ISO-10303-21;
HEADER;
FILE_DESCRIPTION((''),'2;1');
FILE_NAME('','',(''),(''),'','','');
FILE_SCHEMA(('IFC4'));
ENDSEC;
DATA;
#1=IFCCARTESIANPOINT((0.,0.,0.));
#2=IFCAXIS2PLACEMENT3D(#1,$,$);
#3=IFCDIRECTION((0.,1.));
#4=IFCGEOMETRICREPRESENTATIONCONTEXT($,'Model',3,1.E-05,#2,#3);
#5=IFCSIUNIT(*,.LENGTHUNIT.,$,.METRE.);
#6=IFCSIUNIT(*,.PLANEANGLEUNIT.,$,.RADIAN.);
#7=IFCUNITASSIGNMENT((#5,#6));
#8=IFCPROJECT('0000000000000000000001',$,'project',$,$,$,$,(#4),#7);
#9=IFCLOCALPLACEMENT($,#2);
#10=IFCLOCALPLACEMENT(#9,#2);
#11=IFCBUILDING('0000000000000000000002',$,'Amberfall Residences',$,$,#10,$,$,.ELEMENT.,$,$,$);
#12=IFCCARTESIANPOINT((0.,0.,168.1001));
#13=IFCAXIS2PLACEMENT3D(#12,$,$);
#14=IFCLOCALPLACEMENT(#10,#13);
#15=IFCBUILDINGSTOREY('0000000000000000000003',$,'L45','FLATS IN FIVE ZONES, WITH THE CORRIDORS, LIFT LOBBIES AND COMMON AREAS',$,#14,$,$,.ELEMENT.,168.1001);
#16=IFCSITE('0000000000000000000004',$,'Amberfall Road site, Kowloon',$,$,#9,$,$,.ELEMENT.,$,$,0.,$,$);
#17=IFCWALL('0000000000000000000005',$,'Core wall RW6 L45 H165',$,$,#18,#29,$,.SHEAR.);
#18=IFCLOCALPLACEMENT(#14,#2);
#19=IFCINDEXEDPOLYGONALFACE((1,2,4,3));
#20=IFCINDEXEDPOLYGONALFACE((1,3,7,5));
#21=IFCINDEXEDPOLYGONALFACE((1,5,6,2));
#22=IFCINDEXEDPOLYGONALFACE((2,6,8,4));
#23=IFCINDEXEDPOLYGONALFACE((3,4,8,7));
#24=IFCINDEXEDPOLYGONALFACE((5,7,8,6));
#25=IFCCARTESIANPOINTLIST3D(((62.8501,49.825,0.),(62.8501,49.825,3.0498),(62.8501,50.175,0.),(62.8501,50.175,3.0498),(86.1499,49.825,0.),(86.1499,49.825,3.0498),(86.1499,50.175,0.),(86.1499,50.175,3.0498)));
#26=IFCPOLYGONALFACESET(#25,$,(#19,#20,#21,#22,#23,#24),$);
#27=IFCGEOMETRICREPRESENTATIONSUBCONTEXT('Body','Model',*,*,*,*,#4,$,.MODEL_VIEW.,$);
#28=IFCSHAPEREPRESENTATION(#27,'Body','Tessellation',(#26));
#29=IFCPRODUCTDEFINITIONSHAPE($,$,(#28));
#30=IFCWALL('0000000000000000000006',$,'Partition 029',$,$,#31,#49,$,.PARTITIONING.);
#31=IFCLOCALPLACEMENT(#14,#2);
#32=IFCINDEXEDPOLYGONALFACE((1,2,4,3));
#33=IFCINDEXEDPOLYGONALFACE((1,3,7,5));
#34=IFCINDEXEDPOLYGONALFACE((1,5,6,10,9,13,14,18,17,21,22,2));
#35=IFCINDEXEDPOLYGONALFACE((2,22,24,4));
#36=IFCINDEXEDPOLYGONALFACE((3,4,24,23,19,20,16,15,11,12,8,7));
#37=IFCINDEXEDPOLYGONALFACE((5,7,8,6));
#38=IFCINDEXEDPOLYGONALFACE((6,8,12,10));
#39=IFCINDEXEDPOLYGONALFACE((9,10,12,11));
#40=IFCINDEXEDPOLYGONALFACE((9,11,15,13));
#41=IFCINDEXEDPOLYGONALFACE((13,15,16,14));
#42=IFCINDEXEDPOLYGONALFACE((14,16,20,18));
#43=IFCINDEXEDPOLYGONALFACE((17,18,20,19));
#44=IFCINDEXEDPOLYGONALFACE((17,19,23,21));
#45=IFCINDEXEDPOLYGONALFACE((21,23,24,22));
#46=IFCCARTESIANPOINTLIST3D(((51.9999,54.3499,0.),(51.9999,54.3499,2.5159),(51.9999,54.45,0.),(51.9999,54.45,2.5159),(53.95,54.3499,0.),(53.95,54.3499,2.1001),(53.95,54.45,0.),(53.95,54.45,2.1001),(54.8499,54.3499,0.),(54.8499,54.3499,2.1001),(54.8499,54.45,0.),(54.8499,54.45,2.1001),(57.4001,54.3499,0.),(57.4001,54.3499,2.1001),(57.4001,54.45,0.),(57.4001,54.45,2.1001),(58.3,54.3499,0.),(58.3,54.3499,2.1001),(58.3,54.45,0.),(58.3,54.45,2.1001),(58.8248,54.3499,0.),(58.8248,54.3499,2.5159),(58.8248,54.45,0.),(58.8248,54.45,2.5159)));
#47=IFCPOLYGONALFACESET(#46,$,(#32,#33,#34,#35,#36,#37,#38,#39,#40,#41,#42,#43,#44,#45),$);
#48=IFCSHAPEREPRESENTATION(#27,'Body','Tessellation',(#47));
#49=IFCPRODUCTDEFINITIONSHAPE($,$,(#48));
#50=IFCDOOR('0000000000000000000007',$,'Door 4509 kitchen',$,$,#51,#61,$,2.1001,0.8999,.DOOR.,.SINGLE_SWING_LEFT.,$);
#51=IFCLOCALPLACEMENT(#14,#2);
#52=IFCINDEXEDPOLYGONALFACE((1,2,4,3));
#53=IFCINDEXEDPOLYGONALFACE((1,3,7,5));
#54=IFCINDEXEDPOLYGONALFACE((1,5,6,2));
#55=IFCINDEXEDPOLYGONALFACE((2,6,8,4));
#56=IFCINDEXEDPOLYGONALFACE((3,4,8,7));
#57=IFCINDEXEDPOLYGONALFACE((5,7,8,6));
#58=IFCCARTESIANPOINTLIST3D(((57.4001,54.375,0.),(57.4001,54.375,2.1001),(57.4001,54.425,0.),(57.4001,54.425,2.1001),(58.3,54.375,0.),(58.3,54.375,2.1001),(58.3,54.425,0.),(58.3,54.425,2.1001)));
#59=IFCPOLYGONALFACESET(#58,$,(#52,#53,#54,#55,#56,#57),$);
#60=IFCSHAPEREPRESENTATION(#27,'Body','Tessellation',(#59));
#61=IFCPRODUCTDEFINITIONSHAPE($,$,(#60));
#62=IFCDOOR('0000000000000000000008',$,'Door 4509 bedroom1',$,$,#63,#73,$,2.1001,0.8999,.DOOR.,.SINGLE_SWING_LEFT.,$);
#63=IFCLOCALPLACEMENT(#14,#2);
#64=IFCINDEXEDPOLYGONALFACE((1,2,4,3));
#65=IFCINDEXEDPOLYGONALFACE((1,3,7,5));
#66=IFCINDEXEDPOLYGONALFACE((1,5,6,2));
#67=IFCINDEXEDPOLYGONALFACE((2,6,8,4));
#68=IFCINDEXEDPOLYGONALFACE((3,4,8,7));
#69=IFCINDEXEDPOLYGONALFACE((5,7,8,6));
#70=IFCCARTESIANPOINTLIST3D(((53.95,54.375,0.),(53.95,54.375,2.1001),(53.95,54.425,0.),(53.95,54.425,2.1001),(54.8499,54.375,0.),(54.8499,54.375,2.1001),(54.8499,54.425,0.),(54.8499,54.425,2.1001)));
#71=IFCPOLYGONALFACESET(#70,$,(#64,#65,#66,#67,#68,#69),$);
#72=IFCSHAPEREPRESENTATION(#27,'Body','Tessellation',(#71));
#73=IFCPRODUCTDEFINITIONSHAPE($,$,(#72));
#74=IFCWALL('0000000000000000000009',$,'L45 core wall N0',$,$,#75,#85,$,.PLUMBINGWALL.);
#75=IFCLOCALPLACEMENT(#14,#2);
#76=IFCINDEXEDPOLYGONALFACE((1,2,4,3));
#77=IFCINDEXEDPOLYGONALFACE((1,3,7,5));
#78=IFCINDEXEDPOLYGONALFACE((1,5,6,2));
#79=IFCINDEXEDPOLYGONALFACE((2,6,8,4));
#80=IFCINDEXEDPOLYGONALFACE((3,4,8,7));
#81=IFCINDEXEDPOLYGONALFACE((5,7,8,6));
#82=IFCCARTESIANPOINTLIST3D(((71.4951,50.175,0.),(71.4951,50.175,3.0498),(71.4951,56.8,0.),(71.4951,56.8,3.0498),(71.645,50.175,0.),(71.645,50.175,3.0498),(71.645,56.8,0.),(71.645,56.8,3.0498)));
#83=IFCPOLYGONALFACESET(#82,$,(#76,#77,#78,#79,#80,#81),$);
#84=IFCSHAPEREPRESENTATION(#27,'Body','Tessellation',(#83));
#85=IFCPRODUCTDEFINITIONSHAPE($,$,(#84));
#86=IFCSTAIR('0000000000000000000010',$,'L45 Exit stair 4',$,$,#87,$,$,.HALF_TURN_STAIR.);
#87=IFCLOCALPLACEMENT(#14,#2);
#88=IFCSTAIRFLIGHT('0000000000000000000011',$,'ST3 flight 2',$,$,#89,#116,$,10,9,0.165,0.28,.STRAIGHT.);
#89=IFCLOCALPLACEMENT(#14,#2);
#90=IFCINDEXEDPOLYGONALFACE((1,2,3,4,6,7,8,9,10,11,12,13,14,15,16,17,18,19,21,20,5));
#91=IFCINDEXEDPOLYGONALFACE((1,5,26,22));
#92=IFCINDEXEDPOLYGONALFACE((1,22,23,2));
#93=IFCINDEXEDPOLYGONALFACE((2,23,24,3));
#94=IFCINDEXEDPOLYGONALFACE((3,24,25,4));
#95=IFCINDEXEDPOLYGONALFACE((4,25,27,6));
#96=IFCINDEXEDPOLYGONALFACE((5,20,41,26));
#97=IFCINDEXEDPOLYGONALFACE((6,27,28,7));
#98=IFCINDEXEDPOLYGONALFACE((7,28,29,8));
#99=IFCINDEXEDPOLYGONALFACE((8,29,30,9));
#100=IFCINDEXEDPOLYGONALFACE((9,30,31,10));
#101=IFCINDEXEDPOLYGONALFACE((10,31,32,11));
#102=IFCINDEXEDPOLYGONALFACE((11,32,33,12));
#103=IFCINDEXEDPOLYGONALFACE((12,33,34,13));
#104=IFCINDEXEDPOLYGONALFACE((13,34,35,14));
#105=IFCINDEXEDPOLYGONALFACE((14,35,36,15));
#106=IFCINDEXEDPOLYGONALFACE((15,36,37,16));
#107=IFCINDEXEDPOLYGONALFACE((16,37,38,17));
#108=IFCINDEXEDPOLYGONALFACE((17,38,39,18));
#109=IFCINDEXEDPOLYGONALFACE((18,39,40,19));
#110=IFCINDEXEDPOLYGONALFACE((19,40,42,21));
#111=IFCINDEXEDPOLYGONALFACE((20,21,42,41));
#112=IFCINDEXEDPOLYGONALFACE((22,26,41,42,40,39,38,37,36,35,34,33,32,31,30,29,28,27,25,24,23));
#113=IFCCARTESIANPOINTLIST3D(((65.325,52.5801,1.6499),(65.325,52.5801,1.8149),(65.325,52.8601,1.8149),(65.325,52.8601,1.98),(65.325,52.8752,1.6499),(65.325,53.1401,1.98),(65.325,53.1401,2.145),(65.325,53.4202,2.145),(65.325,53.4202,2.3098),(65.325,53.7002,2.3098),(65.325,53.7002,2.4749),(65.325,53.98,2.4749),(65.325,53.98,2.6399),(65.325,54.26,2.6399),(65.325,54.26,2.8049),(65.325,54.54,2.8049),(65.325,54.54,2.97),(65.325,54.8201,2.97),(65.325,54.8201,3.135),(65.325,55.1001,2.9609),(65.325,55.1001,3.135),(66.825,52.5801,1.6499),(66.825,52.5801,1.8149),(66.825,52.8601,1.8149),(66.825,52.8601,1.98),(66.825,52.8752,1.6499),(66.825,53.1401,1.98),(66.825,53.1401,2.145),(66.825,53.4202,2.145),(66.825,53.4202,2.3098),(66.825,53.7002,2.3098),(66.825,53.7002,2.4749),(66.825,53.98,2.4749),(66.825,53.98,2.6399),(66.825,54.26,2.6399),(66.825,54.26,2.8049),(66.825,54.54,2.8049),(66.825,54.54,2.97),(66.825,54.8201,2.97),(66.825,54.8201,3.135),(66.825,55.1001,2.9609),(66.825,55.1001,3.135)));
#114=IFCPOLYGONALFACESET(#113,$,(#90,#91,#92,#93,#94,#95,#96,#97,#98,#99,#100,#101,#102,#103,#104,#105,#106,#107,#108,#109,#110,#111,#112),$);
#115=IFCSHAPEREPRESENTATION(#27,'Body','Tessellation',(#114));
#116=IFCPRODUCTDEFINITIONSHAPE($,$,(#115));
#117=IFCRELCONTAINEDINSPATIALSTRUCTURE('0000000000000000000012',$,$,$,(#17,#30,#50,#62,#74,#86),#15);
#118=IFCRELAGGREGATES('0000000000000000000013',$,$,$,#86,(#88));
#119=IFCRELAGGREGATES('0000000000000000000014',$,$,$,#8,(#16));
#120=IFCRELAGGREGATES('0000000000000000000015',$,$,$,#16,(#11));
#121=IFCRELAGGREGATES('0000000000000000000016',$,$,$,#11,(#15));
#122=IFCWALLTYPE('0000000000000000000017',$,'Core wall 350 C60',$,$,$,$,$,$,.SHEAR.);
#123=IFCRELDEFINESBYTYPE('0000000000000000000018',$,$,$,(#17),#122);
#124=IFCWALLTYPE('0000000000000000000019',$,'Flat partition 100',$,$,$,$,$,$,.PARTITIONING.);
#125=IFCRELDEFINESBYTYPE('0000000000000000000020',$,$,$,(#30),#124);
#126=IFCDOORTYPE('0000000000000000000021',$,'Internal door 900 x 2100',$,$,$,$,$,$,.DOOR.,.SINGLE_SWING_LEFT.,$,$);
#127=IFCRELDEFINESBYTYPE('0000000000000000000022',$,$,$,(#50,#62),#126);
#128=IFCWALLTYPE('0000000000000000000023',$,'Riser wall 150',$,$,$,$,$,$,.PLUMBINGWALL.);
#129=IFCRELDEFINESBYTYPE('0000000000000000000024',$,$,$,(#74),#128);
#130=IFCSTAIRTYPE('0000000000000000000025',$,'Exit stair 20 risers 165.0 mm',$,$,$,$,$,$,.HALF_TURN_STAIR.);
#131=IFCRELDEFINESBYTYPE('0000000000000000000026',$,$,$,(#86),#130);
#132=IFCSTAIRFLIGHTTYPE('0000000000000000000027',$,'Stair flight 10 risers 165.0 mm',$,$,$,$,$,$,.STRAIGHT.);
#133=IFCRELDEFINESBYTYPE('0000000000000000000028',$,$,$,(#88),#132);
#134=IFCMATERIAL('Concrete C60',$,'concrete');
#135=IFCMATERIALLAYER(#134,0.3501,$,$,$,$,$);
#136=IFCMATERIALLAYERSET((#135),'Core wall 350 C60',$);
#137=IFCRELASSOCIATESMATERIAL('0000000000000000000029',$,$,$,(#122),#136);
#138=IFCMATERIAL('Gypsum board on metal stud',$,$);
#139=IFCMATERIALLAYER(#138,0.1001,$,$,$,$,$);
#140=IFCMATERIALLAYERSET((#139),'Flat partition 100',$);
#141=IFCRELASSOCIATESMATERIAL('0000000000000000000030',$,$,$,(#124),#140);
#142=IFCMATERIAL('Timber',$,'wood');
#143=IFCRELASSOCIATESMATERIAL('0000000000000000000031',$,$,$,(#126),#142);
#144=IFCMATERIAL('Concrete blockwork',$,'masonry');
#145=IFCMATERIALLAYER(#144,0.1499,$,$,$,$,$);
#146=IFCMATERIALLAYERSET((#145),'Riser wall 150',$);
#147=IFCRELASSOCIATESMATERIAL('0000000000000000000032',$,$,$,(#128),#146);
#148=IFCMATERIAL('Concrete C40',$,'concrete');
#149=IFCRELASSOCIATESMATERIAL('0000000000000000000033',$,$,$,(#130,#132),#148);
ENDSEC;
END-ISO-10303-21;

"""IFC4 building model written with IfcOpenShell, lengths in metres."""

from ifc_helpers import new_model, si_unit, direction, frame, frame_2d, origin, place, context, subcontext, project, spatial, polyline, rectangle, outline, extrude, material, layer, layer_set, type_object, element, fill, aggregate, save


model = new_model("IFC4")

# Units and contexts
model_context = context("Model", 3, precision=1e-05, world=origin(), true_north=direction((0.0, 1.0)))
body_context = subcontext(model_context, "Body", "Model", "MODEL_VIEW")
ifc_project = project(units=[si_unit("LENGTHUNIT", "METRE"), si_unit("PLANEANGLEUNIT", "RADIAN")], contexts=[model_context])

# Site, building, storey
site_placement = place(None, origin())
site = spatial("IfcSite", under=ifc_project, at=site_placement, Name="Amberfall Road site, Kowloon", CompositionType="ELEMENT", RefElevation=0.0)
building_placement = place(site_placement, origin())
building = spatial("IfcBuilding", under=site, at=building_placement, Name="Amberfall Residences", CompositionType="ELEMENT")
storey_placement = place(building_placement, frame((0.0, 0.0, 168.1001)))
storey = spatial("IfcBuildingStorey", under=building, at=storey_placement, Name="L45", Description="FLATS IN FIVE ZONES, WITH THE CORRIDORS, LIFT LOBBIES AND COMMON AREAS", CompositionType="ELEMENT", Elevation=168.1001)

# Wall
ifc_material_1 = material(Name="Concrete C60", Category="concrete")
ifc_layer_1 = layer(ifc_material_1, 0.3501)
ifc_layer_set_1 = layer_set([ifc_layer_1], Name="Core wall 350 C60")
wall_type_1 = type_object("IfcWallType", Name="Core wall 350 C60", PredefinedType="SHEAR", material=ifc_layer_set_1)
wall_1_placement = place(storey_placement, frame((62.8501, 50.0, 0.0), z_axis=(0.0, 0.0, 1.0), x_axis=(1.0, 0.0, 0.0)))
element("IfcWall", 1, at=wall_1_placement, inside=storey, type_object=wall_type_1, Name="Core wall RW6 L45 H165", PredefinedType="SHEAR", context=body_context, shape_type="SweptSolid", body=[
    extrude(rectangle(XDim=23.2998, YDim=0.3501, at=frame_2d((11.6499, 0.0))), origin(), (0.0, 0.0, 1.0), 3.0498),
])

# Wall, openings, doors
ifc_material_2 = material(Name="Gypsum board on metal stud")
ifc_layer_2 = layer(ifc_material_2, 0.1001)
ifc_layer_set_2 = layer_set([ifc_layer_2], Name="Flat partition 100")
wall_type_2 = type_object("IfcWallType", Name="Flat partition 100", PredefinedType="PARTITIONING", material=ifc_layer_set_2)
wall_2_placement = place(storey_placement, frame((58.825, 54.3999, 0.0), z_axis=(0.0, 0.0, 1.0), x_axis=(-1.0, 0.0, 0.0)))
wall_2 = element("IfcWall", 2, at=wall_2_placement, inside=storey, type_object=wall_type_2, Name="Partition 029", PredefinedType="PARTITIONING", context=body_context, shape_type="SweptSolid", body=[
    extrude(rectangle(XDim=6.825, YDim=0.1001, at=frame_2d((3.4126, 0.0))), origin(), (0.0, 0.0, 1.0), 2.5159),
])
opening_1_placement = place(wall_2_placement, frame((0.5249, 0.0, 0.0)))
opening_1 = element("IfcOpeningElement", 3, at=opening_1_placement, cuts=wall_2, PredefinedType="OPENING", context=body_context, shape_type="SweptSolid", body=[
    extrude(rectangle(XDim=0.8999, YDim=2.1001, at=frame_2d((0.45, 1.05))), frame((0.0, 0.0601, 0.0), z_axis=(0.0, -1.0, 0.0), x_axis=(1.0, 0.0, 0.0)), (0.0, 0.0, 1.0), 0.1201),
])
opening_2_placement = place(wall_2_placement, frame((3.9751, 0.0, 0.0)))
opening_2 = element("IfcOpeningElement", 4, at=opening_2_placement, cuts=wall_2, PredefinedType="OPENING", context=body_context, shape_type="SweptSolid", body=[
    extrude(rectangle(XDim=0.8999, YDim=2.1001, at=frame_2d((0.45, 1.05))), frame((0.0, 0.0601, 0.0), z_axis=(0.0, -1.0, 0.0), x_axis=(1.0, 0.0, 0.0)), (0.0, 0.0, 1.0), 0.1201),
])
ifc_material_3 = material(Name="Timber", Category="wood")
door_type = type_object("IfcDoorType", Name="Internal door 900 x 2100", OperationType="SINGLE_SWING_LEFT", PredefinedType="DOOR", material=ifc_material_3)
door_1_placement = place(opening_1_placement, origin())
door_1 = element("IfcDoor", 5, at=door_1_placement, inside=storey, type_object=door_type, Name="Door 4509 kitchen", OperationType="SINGLE_SWING_LEFT", OverallHeight=2.1001, OverallWidth=0.8999, PredefinedType="DOOR", context=body_context, shape_type="SweptSolid", body=[
    extrude(rectangle(XDim=0.8999, YDim=2.1001, at=frame_2d((0.45, 1.05))), frame((0.0, 0.0249, 0.0), z_axis=(0.0, -1.0, 0.0), x_axis=(1.0, 0.0, 0.0)), (0.0, 0.0, 1.0), 0.05),
])
fill(opening_1, door_1)
door_2_placement = place(opening_2_placement, origin())
door_2 = element("IfcDoor", 6, at=door_2_placement, inside=storey, type_object=door_type, Name="Door 4509 bedroom1", OperationType="SINGLE_SWING_LEFT", OverallHeight=2.1001, OverallWidth=0.8999, PredefinedType="DOOR", context=body_context, shape_type="SweptSolid", body=[
    extrude(rectangle(XDim=0.8999, YDim=2.1001, at=frame_2d((0.45, 1.05))), frame((0.0, 0.0249, 0.0), z_axis=(0.0, -1.0, 0.0), x_axis=(1.0, 0.0, 0.0)), (0.0, 0.0, 1.0), 0.05),
])
fill(opening_2, door_2)

# Wall
ifc_material_4 = material(Name="Concrete blockwork", Category="masonry")
ifc_layer_3 = layer(ifc_material_4, 0.1499)
ifc_layer_set_3 = layer_set([ifc_layer_3], Name="Riser wall 150")
wall_type_3 = type_object("IfcWallType", Name="Riser wall 150", PredefinedType="PLUMBINGWALL", material=ifc_layer_set_3)
wall_3_placement = place(storey_placement, frame((71.5701, 50.175, 0.0), z_axis=(0.0, 0.0, 1.0), x_axis=(0.0, 1.0, 0.0)))
element("IfcWall", 7, at=wall_3_placement, inside=storey, type_object=wall_type_3, Name="L45 core wall N0", PredefinedType="PLUMBINGWALL", context=body_context, shape_type="SweptSolid", body=[
    extrude(rectangle(XDim=6.625, YDim=0.1499, at=frame_2d((3.3125, 0.0))), origin(), (0.0, 0.0, 1.0), 3.0498),
])

# Stair, stair flight
ifc_material_5 = material(Name="Concrete C40", Category="concrete")
stair_type = type_object("IfcStairType", Name="Exit stair 20 risers 165.0 mm", PredefinedType="HALF_TURN_STAIR", material=ifc_material_5)
stair_placement = place(storey_placement, origin())
stair = element("IfcStair", 8, at=stair_placement, inside=storey, type_object=stair_type, Name="L45 Exit stair 4", PredefinedType="HALF_TURN_STAIR")
stair_flight_type = type_object("IfcStairFlightType", Name="Stair flight 10 risers 165.0 mm", PredefinedType="STRAIGHT", material=ifc_material_5)
stair_flight_placement = place(storey_placement, frame((66.075, 52.5801, 1.6499), z_axis=(0.0, 0.0, 1.0), x_axis=(0.0, 1.0, 0.0)))
stair_flight = element("IfcStairFlight", 9, at=stair_flight_placement, type_object=stair_flight_type, Name="ST3 flight 2", NumberOfRisers=10, NumberOfTreads=9, PredefinedType="STRAIGHT", RiserHeight=0.165, TreadLength=0.28, context=body_context, shape_type="SweptSolid", body=[
    extrude(outline(polyline([(0.0, 0.0), (0.0, 0.165), (0.28, 0.165), (0.28, 0.3301), (0.5601, 0.3301), (0.5601, 0.4951), (0.8401, 0.4951), (0.8401, 0.6599), (1.1201, 0.6599), (1.1201, 0.825), (1.3999, 0.825), (1.3999, 0.99), (1.6799, 0.99), (1.6799, 1.155), (1.96, 1.155), (1.96, 1.3201), (2.24, 1.3201), (2.24, 1.4851), (2.52, 1.4851), (2.52, 1.6499), (2.52, 1.311), (0.2952, 0.0), (0.0, 0.0)])), frame((0.0, 0.75, 0.0), z_axis=(0.0, -1.0, 0.0), x_axis=(1.0, 0.0, 0.0)), (0.0, 0.0, 1.0), 1.5),
])
aggregate(stair, [stair_flight])

save(model, "model.ifc")
